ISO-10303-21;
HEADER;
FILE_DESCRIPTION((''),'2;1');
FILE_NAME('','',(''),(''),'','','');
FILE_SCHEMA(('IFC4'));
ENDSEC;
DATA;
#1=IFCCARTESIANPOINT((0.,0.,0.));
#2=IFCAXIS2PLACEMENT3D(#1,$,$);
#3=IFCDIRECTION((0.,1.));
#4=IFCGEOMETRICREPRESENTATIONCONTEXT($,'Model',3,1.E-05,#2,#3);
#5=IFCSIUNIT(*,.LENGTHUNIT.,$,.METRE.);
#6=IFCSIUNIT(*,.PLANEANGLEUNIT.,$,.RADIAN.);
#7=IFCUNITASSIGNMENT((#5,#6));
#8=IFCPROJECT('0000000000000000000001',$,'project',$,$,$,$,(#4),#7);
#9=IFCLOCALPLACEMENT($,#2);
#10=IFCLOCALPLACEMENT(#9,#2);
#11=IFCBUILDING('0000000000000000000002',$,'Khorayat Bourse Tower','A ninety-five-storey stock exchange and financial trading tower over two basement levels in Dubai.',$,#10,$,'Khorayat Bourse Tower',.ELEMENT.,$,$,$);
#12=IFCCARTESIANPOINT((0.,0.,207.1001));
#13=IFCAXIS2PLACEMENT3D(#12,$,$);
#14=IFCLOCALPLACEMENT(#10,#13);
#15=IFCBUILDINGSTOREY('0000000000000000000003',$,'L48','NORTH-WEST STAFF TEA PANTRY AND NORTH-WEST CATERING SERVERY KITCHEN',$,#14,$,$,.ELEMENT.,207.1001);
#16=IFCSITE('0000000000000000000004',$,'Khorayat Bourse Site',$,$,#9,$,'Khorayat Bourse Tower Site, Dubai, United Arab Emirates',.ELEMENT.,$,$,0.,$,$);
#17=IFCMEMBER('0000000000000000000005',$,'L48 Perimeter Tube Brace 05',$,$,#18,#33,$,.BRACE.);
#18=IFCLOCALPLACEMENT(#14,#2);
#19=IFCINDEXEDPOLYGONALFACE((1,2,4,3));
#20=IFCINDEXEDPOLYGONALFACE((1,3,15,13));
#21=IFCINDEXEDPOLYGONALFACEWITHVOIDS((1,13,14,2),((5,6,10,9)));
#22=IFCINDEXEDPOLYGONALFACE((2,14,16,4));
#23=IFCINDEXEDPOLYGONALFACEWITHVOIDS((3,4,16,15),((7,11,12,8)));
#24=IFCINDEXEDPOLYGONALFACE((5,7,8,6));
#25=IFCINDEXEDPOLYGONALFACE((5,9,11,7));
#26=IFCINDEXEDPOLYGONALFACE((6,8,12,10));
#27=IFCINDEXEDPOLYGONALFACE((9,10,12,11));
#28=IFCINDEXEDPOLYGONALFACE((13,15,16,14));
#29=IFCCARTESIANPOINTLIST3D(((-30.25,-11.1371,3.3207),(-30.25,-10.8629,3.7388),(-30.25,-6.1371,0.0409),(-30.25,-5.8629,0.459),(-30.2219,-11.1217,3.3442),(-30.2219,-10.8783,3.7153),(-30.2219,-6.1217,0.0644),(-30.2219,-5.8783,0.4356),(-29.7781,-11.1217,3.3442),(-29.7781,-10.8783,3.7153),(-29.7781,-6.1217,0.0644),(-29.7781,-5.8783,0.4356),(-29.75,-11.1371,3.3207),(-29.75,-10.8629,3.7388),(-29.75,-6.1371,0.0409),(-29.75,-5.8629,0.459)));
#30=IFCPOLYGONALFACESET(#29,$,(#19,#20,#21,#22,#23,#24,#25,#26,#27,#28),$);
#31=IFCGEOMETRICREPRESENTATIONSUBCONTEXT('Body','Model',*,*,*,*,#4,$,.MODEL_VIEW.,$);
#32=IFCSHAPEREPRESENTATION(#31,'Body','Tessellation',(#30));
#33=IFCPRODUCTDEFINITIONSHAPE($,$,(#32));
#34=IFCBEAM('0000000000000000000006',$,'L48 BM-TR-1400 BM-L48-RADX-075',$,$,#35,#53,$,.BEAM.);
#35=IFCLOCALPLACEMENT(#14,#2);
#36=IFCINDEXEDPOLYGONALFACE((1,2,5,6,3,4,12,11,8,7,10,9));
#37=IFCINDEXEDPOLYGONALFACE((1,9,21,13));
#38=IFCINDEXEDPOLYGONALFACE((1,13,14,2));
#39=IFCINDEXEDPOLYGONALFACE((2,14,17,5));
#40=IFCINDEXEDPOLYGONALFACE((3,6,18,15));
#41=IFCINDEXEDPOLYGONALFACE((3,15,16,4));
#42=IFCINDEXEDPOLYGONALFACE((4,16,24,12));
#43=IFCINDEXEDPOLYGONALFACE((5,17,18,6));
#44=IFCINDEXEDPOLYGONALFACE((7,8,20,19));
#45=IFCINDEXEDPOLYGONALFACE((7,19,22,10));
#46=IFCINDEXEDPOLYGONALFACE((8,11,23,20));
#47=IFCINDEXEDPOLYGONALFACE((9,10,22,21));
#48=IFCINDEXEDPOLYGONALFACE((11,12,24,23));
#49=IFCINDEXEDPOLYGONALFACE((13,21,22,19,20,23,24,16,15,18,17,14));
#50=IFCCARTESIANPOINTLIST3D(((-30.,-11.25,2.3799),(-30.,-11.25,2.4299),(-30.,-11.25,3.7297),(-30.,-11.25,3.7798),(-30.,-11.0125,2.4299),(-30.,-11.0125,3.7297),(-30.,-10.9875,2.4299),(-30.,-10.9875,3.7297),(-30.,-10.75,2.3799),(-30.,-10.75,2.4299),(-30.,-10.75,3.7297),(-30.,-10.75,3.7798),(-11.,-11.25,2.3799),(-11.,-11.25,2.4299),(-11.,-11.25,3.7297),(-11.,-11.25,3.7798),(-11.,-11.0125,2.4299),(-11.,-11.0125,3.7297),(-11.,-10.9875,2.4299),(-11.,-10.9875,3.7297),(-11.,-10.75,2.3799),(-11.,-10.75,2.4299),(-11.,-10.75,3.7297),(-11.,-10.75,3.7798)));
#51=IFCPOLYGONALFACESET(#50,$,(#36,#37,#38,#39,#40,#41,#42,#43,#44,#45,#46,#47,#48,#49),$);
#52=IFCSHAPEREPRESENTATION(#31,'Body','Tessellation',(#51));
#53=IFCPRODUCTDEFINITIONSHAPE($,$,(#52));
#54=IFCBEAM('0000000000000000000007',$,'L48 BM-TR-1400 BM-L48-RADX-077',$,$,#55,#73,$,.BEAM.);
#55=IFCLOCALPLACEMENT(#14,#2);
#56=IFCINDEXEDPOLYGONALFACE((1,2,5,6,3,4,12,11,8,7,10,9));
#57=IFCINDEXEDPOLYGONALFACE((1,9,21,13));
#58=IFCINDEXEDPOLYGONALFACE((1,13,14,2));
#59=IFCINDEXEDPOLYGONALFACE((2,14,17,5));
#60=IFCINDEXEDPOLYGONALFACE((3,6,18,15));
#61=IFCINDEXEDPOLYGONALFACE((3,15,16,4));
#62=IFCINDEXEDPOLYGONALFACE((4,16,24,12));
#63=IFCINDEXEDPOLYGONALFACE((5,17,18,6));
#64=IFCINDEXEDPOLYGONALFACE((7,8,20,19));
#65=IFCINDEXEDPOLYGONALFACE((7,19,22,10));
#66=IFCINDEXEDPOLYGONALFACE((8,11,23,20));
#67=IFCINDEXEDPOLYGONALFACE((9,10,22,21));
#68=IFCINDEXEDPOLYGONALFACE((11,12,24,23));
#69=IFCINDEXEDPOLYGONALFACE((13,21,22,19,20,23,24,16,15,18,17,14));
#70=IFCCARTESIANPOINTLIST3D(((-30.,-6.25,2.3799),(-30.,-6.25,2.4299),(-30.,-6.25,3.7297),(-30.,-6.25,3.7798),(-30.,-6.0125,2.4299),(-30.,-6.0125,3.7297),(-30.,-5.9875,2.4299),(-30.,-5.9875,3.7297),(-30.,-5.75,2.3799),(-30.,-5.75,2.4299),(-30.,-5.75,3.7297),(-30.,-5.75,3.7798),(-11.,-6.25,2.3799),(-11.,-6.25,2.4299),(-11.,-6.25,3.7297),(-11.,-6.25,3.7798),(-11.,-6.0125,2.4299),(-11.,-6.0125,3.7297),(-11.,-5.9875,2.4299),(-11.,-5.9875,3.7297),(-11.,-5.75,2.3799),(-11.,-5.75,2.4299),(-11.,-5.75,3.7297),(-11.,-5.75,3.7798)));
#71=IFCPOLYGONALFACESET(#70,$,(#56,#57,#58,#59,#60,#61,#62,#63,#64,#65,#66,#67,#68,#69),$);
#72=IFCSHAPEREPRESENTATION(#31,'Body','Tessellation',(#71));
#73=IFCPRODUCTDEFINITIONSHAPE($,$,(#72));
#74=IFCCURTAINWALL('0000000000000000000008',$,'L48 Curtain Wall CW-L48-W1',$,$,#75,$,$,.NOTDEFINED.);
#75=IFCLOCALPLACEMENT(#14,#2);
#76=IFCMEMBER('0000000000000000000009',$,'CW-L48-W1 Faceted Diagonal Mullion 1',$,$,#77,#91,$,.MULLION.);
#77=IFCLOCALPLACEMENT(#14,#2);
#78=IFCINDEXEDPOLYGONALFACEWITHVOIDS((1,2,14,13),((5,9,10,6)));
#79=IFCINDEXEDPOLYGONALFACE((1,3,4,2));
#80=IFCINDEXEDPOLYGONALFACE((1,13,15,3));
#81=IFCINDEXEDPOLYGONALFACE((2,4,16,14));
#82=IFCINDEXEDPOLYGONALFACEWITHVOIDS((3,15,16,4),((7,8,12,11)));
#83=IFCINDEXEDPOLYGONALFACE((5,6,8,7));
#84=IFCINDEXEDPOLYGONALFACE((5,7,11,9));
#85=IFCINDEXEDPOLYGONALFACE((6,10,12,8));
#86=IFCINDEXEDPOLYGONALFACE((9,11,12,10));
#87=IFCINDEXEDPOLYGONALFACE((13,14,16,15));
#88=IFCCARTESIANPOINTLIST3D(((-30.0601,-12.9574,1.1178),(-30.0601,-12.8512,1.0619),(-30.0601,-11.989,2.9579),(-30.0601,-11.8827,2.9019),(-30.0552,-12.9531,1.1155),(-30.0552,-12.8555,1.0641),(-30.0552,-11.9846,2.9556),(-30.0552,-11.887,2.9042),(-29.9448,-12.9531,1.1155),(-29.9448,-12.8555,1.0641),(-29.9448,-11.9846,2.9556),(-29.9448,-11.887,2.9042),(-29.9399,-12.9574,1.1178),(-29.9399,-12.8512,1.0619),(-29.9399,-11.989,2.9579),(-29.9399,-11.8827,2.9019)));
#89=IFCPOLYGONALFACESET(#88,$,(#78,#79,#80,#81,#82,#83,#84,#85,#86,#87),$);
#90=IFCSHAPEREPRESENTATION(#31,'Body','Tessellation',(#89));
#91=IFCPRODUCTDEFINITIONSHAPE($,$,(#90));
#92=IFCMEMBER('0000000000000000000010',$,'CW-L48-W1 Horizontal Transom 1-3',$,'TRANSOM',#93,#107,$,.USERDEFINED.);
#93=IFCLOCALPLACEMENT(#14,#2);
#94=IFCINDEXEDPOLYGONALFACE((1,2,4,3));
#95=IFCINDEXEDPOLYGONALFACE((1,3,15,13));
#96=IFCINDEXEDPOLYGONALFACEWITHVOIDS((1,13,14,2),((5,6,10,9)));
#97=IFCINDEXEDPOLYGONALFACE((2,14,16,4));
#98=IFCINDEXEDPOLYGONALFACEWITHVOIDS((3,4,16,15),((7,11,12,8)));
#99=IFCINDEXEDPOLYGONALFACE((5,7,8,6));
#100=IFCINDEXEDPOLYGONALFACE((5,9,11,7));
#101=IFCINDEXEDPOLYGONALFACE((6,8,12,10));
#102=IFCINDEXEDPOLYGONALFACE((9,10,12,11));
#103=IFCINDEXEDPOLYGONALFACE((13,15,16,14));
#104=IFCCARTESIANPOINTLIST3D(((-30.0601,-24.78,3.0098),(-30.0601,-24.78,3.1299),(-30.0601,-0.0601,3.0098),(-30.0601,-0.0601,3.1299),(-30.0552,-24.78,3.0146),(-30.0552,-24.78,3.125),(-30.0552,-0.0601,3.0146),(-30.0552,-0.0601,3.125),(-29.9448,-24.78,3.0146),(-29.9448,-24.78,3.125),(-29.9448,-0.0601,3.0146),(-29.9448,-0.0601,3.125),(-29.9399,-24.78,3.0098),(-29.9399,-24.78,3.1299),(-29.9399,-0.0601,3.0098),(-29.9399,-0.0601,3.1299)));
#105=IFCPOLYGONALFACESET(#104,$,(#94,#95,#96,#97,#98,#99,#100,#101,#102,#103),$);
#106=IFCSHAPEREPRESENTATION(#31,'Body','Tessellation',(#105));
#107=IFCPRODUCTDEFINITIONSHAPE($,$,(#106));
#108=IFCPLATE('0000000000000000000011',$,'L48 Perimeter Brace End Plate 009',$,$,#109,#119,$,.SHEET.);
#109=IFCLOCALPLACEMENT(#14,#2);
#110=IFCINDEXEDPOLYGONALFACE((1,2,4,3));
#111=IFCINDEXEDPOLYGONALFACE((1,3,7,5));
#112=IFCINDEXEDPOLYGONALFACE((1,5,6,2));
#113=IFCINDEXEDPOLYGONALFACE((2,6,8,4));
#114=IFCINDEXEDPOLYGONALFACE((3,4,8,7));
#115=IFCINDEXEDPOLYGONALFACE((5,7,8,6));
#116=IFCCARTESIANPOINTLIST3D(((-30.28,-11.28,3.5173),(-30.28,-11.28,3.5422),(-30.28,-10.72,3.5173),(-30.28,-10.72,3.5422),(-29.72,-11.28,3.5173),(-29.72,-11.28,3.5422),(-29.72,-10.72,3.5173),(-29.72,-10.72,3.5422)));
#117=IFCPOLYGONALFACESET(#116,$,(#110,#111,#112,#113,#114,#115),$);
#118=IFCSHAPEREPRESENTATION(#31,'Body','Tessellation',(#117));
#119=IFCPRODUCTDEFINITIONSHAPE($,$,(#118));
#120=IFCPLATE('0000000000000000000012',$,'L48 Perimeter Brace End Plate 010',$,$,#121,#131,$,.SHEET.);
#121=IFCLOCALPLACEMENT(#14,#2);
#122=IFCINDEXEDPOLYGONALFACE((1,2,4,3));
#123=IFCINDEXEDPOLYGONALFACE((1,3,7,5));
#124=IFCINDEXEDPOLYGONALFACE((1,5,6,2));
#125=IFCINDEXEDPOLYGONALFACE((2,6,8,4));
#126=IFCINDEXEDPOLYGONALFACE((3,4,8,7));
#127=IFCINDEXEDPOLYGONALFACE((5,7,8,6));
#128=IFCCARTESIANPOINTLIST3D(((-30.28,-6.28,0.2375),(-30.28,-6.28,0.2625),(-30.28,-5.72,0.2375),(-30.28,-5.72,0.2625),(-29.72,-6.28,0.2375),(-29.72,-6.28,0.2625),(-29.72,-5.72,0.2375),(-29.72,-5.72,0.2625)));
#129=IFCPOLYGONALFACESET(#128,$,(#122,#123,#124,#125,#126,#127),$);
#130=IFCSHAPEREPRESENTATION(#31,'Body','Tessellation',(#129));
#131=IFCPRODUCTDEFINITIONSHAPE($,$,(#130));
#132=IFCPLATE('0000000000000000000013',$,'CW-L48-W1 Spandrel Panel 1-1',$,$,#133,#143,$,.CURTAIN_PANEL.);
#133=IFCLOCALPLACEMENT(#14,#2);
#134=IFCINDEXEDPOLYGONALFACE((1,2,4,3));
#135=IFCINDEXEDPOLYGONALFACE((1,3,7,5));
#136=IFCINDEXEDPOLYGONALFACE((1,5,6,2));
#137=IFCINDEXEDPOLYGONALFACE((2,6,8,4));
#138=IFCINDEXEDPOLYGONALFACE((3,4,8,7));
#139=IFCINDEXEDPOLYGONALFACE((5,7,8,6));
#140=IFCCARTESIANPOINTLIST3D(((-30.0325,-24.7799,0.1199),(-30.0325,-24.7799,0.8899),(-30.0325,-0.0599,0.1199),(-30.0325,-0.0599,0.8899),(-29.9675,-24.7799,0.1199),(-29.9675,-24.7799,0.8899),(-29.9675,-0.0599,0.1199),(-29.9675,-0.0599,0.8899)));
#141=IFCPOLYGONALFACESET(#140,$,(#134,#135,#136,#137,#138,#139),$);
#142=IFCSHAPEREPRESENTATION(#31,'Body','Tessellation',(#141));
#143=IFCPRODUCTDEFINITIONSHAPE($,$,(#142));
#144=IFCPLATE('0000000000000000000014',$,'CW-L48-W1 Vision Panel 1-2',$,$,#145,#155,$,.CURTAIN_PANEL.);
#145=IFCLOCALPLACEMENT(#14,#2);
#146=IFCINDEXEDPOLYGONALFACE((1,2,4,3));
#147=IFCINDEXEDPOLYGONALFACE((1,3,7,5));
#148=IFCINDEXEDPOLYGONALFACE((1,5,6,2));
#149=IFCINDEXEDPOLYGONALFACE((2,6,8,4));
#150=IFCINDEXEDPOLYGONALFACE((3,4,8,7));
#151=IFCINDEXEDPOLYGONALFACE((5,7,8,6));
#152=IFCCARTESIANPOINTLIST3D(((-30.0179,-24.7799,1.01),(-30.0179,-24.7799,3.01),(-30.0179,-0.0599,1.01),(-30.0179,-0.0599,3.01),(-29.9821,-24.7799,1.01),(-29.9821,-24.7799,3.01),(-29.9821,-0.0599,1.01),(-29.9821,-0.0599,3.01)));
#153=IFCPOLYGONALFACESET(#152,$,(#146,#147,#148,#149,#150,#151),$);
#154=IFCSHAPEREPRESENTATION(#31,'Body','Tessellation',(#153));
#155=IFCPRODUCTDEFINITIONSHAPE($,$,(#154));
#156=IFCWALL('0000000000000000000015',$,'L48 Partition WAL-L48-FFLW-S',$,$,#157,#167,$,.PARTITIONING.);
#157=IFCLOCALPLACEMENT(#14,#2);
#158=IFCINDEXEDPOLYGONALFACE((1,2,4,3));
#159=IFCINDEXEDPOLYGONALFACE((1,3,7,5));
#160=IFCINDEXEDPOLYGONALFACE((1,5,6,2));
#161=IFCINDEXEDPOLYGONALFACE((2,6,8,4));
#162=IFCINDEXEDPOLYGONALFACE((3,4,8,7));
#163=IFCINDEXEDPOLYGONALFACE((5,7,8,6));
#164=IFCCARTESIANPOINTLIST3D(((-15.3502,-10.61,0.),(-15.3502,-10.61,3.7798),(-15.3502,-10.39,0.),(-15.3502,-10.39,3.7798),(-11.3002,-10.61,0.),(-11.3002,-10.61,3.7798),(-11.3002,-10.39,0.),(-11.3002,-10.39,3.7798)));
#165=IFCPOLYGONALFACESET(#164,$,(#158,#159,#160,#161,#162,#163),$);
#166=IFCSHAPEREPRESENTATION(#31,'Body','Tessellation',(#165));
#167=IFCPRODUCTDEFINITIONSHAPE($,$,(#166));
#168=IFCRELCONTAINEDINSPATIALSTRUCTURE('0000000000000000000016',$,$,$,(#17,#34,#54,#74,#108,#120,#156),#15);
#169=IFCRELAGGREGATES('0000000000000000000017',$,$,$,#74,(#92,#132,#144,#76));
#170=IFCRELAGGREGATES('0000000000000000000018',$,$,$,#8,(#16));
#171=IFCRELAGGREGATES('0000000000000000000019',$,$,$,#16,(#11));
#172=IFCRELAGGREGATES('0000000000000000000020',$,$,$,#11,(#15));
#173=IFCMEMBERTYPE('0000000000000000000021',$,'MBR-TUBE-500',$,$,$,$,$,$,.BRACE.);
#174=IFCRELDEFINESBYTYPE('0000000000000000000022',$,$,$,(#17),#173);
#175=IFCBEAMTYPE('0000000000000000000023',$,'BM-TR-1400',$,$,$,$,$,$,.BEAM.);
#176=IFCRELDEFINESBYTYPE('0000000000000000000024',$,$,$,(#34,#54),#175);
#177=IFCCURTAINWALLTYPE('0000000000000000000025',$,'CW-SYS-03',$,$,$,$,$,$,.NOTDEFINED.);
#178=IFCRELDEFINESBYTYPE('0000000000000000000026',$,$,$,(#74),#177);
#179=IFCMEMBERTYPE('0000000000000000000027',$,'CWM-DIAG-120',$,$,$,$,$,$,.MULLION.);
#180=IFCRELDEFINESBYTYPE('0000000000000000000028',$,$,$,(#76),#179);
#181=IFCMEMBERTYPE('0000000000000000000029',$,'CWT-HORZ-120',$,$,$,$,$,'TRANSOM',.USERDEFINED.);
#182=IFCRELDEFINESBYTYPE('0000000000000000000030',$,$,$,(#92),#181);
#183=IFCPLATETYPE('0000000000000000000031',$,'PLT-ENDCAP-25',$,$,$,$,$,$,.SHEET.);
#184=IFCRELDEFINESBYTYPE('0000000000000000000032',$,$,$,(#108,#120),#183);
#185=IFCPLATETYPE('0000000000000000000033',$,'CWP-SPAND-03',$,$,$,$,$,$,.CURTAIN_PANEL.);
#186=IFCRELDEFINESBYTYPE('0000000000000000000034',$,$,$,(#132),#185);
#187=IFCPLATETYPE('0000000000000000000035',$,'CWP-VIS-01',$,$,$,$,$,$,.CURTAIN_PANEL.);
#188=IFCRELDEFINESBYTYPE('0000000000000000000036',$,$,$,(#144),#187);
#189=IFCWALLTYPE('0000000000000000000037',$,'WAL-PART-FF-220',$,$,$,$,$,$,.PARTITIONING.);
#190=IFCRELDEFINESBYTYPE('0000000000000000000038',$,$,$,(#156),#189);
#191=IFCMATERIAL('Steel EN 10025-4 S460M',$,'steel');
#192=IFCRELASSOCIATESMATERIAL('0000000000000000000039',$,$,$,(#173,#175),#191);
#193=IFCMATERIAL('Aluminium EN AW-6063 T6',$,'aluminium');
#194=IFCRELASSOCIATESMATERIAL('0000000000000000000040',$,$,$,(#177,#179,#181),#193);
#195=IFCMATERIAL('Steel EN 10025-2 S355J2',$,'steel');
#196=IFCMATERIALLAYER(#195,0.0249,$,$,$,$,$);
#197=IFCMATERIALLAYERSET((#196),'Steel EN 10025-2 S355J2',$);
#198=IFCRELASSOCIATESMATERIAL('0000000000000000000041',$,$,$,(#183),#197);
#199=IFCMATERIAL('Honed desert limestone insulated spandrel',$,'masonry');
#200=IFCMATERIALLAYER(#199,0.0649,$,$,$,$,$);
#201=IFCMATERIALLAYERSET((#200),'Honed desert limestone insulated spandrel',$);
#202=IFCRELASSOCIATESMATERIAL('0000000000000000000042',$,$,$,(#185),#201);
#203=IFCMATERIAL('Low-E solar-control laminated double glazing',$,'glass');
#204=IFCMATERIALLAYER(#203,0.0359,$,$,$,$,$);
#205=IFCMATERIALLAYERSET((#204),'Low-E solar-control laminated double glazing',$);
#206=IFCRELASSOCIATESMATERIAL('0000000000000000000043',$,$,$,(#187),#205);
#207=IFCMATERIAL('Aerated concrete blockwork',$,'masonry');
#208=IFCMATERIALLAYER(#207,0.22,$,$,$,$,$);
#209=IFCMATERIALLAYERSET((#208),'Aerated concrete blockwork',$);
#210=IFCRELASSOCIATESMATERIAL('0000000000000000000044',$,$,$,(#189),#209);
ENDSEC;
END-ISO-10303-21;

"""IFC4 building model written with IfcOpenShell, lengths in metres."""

from ifc_helpers import new_model, si_unit, direction, frame, frame_2d, origin, origin_2d, place, context, subcontext, project, spatial, rectangle, hollow_rectangle, i_section, extrude, source, transform, mapped, material, layer, layer_set, material_profile, profile_set, type_object, element, aggregate, save


model = new_model("IFC4")

# Units and contexts
model_context = context("Model", 3, precision=1e-05, world=origin(), true_north=direction((0.0, 1.0)))
body_context = subcontext(model_context, "Body", "Model", "MODEL_VIEW")
ifc_project = project(units=[si_unit("LENGTHUNIT", "METRE"), si_unit("PLANEANGLEUNIT", "RADIAN")], contexts=[model_context])

# Site, building, storey
site_placement = place(None, origin())
site = spatial("IfcSite", under=ifc_project, at=site_placement, Name="Khorayat Bourse Site", LongName="Khorayat Bourse Tower Site, Dubai, United Arab Emirates", CompositionType="ELEMENT", RefElevation=0.0)
building_placement = place(site_placement, origin())
building = spatial("IfcBuilding", under=site, at=building_placement, Name="Khorayat Bourse Tower", Description="A ninety-five-storey stock exchange and financial trading tower over two basement levels in Dubai.", LongName="Khorayat Bourse Tower", CompositionType="ELEMENT")
storey_placement = place(building_placement, frame((0.0, 0.0, 207.1001)))
storey = spatial("IfcBuildingStorey", under=building, at=storey_placement, Name="L48", Description="NORTH-WEST STAFF TEA PANTRY AND NORTH-WEST CATERING SERVERY KITCHEN", CompositionType="ELEMENT", Elevation=207.1001)

# Shared definitions
ifc_material_1 = material(Name="Steel EN 10025-4 S460M", Category="steel")

# Member
ifc_material_profile_1 = material_profile(ifc_material_1, hollow_rectangle(XDim=0.5, YDim=0.5, WallThickness=0.0281, at=origin_2d()), Name="HSS 500x500x28")
ifc_profile_set_1 = profile_set([ifc_material_profile_1], Name="Steel EN 10025-4 S460M")
member_type_1 = type_object("IfcMemberType", Name="MBR-TUBE-500", PredefinedType="BRACE", material=ifc_profile_set_1)
shared_shape_1 = source(origin(), body_context, "Body", "SweptSolid", [
    extrude(hollow_rectangle(XDim=0.5, YDim=0.5, WallThickness=0.0281, at=origin_2d()), origin(), (0.0, 0.0, 1.0), 5.9797),
])
member_1_placement = place(storey_placement, frame((-30.0, -11.0, 3.5298), z_axis=(0.0, 0.83616, -0.548485), x_axis=(-1.0, 0.0, 0.0)))
element("IfcMember", 1, at=member_1_placement, inside=storey, type_object=member_type_1, Name="L48 Perimeter Tube Brace 05", PredefinedType="BRACE", context=body_context, shape_type="MappedRepresentation", body=[
    mapped(shared_shape_1, transform((0.0, 0.0, 0.0), scale=1.0)),
])

# Beams
ifc_material_profile_2 = material_profile(ifc_material_1, i_section(OverallWidth=0.5, OverallDepth=1.3999, WebThickness=0.0249, FlangeThickness=0.05, at=origin_2d()), Name="PG 1400x500x25x50")
ifc_profile_set_2 = profile_set([ifc_material_profile_2], Name="Steel EN 10025-4 S460M")
beam_type_1 = type_object("IfcBeamType", Name="BM-TR-1400", PredefinedType="BEAM", material=ifc_profile_set_2)
shared_shape_2 = source(origin(), body_context, "Body", "SweptSolid", [
    extrude(i_section(OverallWidth=0.5, OverallDepth=1.3999, WebThickness=0.0249, FlangeThickness=0.05, at=origin_2d()), origin(), (0.0, 0.0, 1.0), 19.0),
])
for number, where, z_axis, x_axis, name in (
    (2, (-30.0, -11.0, 3.0798), (1.0, 0.0, 0.0), (0.0, 1.0, 0.0), "L48 BM-TR-1400 BM-L48-RADX-075"),
    (3, (-30.0, -6.0, 3.0798), (1.0, 0.0, 0.0), (0.0, 1.0, 0.0), "L48 BM-TR-1400 BM-L48-RADX-077"),
):
    element("IfcBeam", number, at=place(storey_placement, frame(where, z_axis=z_axis, x_axis=x_axis)), inside=storey, type_object=beam_type_1, Name=name, PredefinedType="BEAM", context=body_context, shape_type="MappedRepresentation", body=[
        mapped(shared_shape_2, transform((0.0, 0.0, 0.0), scale=1.0)),
    ])

# Curtain wall, members
ifc_material_2 = material(Name="Aluminium EN AW-6063 T6", Category="aluminium")
curtain_wall_type = type_object("IfcCurtainWallType", Name="CW-SYS-03", PredefinedType="NOTDEFINED", material=ifc_material_2)
curtain_wall_placement = place(storey_placement, origin())
curtain_wall = element("IfcCurtainWall", 4, at=curtain_wall_placement, inside=storey, type_object=curtain_wall_type, Name="L48 Curtain Wall CW-L48-W1", PredefinedType="NOTDEFINED")
ifc_material_profile_3 = material_profile(ifc_material_2, hollow_rectangle(XDim=0.1201, YDim=0.1201, WallThickness=0.0049, at=origin_2d()), Name="ALU 120x120x5")
ifc_profile_set_3 = profile_set([ifc_material_profile_3], Name="Aluminium EN AW-6063 T6")
member_type_2 = type_object("IfcMemberType", Name="CWM-DIAG-120", PredefinedType="MULLION", material=ifc_profile_set_3)
shared_shape_3 = source(origin(), body_context, "Body", "SweptSolid", [
    extrude(hollow_rectangle(XDim=0.1201, YDim=0.1201, WallThickness=0.0049, at=origin_2d()), origin(), (0.0, 0.0, 1.0), 2.0793),
])
member_2_placement = place(storey_placement, frame((-30.0, -12.9043, 1.0898), z_axis=(0.0, 0.465761, 0.884911), x_axis=(-1.0, 0.0, 0.0)))
member_2 = element("IfcMember", 5, at=member_2_placement, type_object=member_type_2, Name="CW-L48-W1 Faceted Diagonal Mullion 1", PredefinedType="MULLION", context=body_context, shape_type="MappedRepresentation", body=[
    mapped(shared_shape_3, transform((0.0, 0.0, 0.0), scale=1.0)),
])
ifc_material_profile_4 = material_profile(ifc_material_2, hollow_rectangle(XDim=0.1201, YDim=0.1201, WallThickness=0.0049, at=origin_2d()), Name="ALU 120x120x5")
ifc_profile_set_4 = profile_set([ifc_material_profile_4], Name="Aluminium EN AW-6063 T6")
member_type_3 = type_object("IfcMemberType", Name="CWT-HORZ-120", ElementType="TRANSOM", PredefinedType="USERDEFINED", material=ifc_profile_set_4)
shared_shape_4 = source(origin(), body_context, "Body", "SweptSolid", [
    extrude(hollow_rectangle(XDim=0.1201, YDim=0.1201, WallThickness=0.0049, at=origin_2d()), origin(), (0.0, 0.0, 1.0), 24.72),
])
member_3_placement = place(storey_placement, frame((-30.0, -24.78, 3.0698), z_axis=(0.0, 1.0, 0.0), x_axis=(-1.0, 0.0, 0.0)))
member_3 = element("IfcMember", 6, at=member_3_placement, type_object=member_type_3, Name="CW-L48-W1 Horizontal Transom 1-3", ObjectType="TRANSOM", PredefinedType="USERDEFINED", context=body_context, shape_type="MappedRepresentation", body=[
    mapped(shared_shape_4, transform((0.0, 0.0, 0.0), scale=1.0)),
])

# Plates
ifc_material_3 = material(Name="Steel EN 10025-2 S355J2", Category="steel")
ifc_layer_1 = layer(ifc_material_3, 0.0249)
ifc_layer_set_1 = layer_set([ifc_layer_1], Name="Steel EN 10025-2 S355J2")
plate_type_1 = type_object("IfcPlateType", Name="PLT-ENDCAP-25", PredefinedType="SHEET", material=ifc_layer_set_1)
shared_shape_5 = source(origin(), body_context, "Body", "SweptSolid", [
    extrude(rectangle(XDim=0.5601, YDim=0.5601, at=origin_2d()), origin(), (0.0, 0.0, 1.0), 0.0249),
])
for number, where, z_axis, x_axis, name in (
    (7, (-30.0, -11.0, 3.5173), (0.0, 0.0, 1.0), (1.0, 0.0, 0.0), "L48 Perimeter Brace End Plate 009"),
    (8, (-30.0, -6.0, 0.2375), (0.0, 0.0, 1.0), (1.0, 0.0, 0.0), "L48 Perimeter Brace End Plate 010"),
):
    element("IfcPlate", number, at=place(storey_placement, frame(where, z_axis=z_axis, x_axis=x_axis)), inside=storey, type_object=plate_type_1, Name=name, PredefinedType="SHEET", context=body_context, shape_type="MappedRepresentation", body=[
        mapped(shared_shape_5, transform((0.0, 0.0, 0.0), scale=1.0)),
    ])

# Plates
ifc_material_4 = material(Name="Honed desert limestone insulated spandrel", Category="masonry")
ifc_layer_2 = layer(ifc_material_4, 0.0649)
ifc_layer_set_2 = layer_set([ifc_layer_2], Name="Honed desert limestone insulated spandrel")
plate_type_2 = type_object("IfcPlateType", Name="CWP-SPAND-03", PredefinedType="CURTAIN_PANEL", material=ifc_layer_set_2)
shared_shape_6 = source(origin(), body_context, "Body", "SweptSolid", [
    extrude(rectangle(XDim=24.72, YDim=0.0649, at=origin_2d()), origin(), (0.0, 0.0, 1.0), 0.77),
])
plate_1_placement = place(storey_placement, frame((-30.0, -12.4199, 0.1199), z_axis=(0.0, 0.0, 1.0), x_axis=(0.0, 1.0, 0.0)))
plate_1 = element("IfcPlate", 9, at=plate_1_placement, type_object=plate_type_2, Name="CW-L48-W1 Spandrel Panel 1-1", PredefinedType="CURTAIN_PANEL", context=body_context, shape_type="MappedRepresentation", body=[
    mapped(shared_shape_6, transform((0.0, 0.0, 0.0), scale=1.0)),
])
ifc_material_5 = material(Name="Low-E solar-control laminated double glazing", Category="glass")
ifc_layer_3 = layer(ifc_material_5, 0.0359)
ifc_layer_set_3 = layer_set([ifc_layer_3], Name="Low-E solar-control laminated double glazing")
plate_type_3 = type_object("IfcPlateType", Name="CWP-VIS-01", PredefinedType="CURTAIN_PANEL", material=ifc_layer_set_3)
shared_shape_7 = source(origin(), body_context, "Body", "SweptSolid", [
    extrude(rectangle(XDim=24.72, YDim=0.0359, at=origin_2d()), origin(), (0.0, 0.0, 1.0), 2.0),
])
plate_2_placement = place(storey_placement, frame((-30.0, -12.4199, 1.01), z_axis=(0.0, 0.0, 1.0), x_axis=(0.0, 1.0, 0.0)))
plate_2 = element("IfcPlate", 10, at=plate_2_placement, type_object=plate_type_3, Name="CW-L48-W1 Vision Panel 1-2", PredefinedType="CURTAIN_PANEL", context=body_context, shape_type="MappedRepresentation", body=[
    mapped(shared_shape_7, transform((0.0, 0.0, 0.0), scale=1.0)),
])
aggregate(curtain_wall, [member_3, plate_1, plate_2, member_2])

# Wall
ifc_material_6 = material(Name="Aerated concrete blockwork", Category="masonry")
ifc_layer_4 = layer(ifc_material_6, 0.22)
ifc_layer_set_4 = layer_set([ifc_layer_4], Name="Aerated concrete blockwork")
wall_type_1 = type_object("IfcWallType", Name="WAL-PART-FF-220", PredefinedType="PARTITIONING", material=ifc_layer_set_4)
shared_shape_8 = source(origin(), body_context, "Body", "SweptSolid", [
    extrude(rectangle(XDim=4.05, YDim=0.22, at=frame_2d((2.0249, 0.0))), origin(), (0.0, 0.0, 1.0), 3.7798),
])
wall_1_placement = place(storey_placement, frame((-15.3501, -10.5, 0.0), z_axis=(0.0, 0.0, 1.0), x_axis=(1.0, 0.0, 0.0)))
element("IfcWall", 11, at=wall_1_placement, inside=storey, type_object=wall_type_1, Name="L48 Partition WAL-L48-FFLW-S", PredefinedType="PARTITIONING", context=body_context, shape_type="MappedRepresentation", body=[
    mapped(shared_shape_8, transform((0.0, 0.0, 0.0), scale=1.0)),
])

save(model, "model.ifc")
